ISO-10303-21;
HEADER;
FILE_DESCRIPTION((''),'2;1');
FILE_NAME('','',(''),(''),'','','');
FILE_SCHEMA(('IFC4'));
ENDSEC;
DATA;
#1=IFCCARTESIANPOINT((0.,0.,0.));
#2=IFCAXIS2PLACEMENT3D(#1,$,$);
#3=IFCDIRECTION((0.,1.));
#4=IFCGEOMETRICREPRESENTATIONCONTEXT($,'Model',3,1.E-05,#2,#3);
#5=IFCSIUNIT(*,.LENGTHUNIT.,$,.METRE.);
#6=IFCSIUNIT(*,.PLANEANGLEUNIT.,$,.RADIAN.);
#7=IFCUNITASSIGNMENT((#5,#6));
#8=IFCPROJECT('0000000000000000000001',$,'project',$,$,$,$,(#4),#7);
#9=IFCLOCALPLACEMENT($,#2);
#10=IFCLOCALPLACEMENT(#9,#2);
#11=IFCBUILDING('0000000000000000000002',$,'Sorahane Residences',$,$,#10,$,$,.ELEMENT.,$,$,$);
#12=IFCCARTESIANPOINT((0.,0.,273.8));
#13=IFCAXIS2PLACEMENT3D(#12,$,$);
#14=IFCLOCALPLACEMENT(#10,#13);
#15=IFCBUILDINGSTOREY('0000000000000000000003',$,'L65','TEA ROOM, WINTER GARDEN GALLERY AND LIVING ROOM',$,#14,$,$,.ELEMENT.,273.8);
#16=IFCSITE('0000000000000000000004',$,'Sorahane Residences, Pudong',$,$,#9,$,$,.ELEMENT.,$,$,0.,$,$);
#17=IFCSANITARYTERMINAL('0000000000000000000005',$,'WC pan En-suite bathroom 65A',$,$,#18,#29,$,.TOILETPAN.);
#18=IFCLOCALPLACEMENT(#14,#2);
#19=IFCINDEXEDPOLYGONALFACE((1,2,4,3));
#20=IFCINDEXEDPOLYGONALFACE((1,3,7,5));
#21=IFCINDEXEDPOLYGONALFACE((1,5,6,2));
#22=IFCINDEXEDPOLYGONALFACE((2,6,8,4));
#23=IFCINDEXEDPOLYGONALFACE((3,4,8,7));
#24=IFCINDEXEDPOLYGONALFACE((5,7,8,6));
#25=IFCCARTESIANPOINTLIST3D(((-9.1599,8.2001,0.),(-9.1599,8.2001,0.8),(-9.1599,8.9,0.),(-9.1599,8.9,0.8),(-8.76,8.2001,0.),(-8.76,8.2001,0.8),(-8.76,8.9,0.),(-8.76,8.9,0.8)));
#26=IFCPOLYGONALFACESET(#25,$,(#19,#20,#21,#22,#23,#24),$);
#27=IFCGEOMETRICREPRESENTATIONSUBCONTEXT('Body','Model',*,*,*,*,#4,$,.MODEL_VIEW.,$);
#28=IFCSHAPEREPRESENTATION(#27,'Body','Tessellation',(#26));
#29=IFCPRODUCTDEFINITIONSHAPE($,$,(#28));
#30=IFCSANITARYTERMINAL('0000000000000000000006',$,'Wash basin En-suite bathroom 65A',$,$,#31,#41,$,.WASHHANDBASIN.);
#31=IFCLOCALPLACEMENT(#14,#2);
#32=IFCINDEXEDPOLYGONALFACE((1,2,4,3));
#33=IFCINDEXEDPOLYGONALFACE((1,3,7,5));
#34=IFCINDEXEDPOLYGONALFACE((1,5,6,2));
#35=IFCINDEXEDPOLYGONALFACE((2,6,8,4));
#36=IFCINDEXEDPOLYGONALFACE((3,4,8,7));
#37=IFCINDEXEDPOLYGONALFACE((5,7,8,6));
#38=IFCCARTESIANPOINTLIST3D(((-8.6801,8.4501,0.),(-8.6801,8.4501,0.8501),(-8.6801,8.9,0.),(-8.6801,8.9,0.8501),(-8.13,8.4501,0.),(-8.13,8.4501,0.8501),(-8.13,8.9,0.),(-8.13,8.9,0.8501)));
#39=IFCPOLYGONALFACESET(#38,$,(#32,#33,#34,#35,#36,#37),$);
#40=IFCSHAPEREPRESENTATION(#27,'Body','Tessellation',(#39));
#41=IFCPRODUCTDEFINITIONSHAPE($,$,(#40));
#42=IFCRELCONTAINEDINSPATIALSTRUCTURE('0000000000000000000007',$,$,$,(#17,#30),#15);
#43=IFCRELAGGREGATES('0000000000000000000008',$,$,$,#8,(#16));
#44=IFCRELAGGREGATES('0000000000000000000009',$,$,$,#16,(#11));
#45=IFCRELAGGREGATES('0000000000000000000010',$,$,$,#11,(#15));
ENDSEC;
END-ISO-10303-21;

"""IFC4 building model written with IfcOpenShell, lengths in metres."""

from ifc_helpers import new_model, si_unit, direction, frame, origin, origin_2d, place, context, subcontext, project, spatial, rectangle, extrude, element, save


model = new_model("IFC4")

# Units and contexts
model_context = context("Model", 3, precision=1e-05, world=origin(), true_north=direction((0.0, 1.0)))
body_context = subcontext(model_context, "Body", "Model", "MODEL_VIEW")
ifc_project = project(units=[si_unit("LENGTHUNIT", "METRE"), si_unit("PLANEANGLEUNIT", "RADIAN")], contexts=[model_context])

# Site, building, storey
site_placement = place(None, origin())
site = spatial("IfcSite", under=ifc_project, at=site_placement, Name="Sorahane Residences, Pudong", CompositionType="ELEMENT", RefElevation=0.0)
building_placement = place(site_placement, origin())
building = spatial("IfcBuilding", under=site, at=building_placement, Name="Sorahane Residences", CompositionType="ELEMENT")
storey_placement = place(building_placement, frame((0.0, 0.0, 273.8)))
storey = spatial("IfcBuildingStorey", under=building, at=storey_placement, Name="L65", Description="TEA ROOM, WINTER GARDEN GALLERY AND LIVING ROOM", CompositionType="ELEMENT", Elevation=273.8)

# Sanitary terminals
sanitary_terminal_1_placement = place(storey_placement, frame((-8.96, 8.55, 0.0), z_axis=(0.0, 0.0, 1.0), x_axis=(1.0, 0.0, 0.0)))
element("IfcSanitaryTerminal", 1, at=sanitary_terminal_1_placement, inside=storey, Name="WC pan En-suite bathroom 65A", PredefinedType="TOILETPAN", context=body_context, shape_type="SweptSolid", body=[
    extrude(rectangle(XDim=0.3999, YDim=0.7, at=origin_2d()), origin(), (0.0, 0.0, 1.0), 0.8),
])
sanitary_terminal_2_placement = place(storey_placement, frame((-8.405, 8.675, 0.0), z_axis=(0.0, 0.0, 1.0), x_axis=(1.0, 0.0, 0.0)))
element("IfcSanitaryTerminal", 2, at=sanitary_terminal_2_placement, inside=storey, Name="Wash basin En-suite bathroom 65A", PredefinedType="WASHHANDBASIN", context=body_context, shape_type="SweptSolid", body=[
    extrude(rectangle(XDim=0.55, YDim=0.45, at=origin_2d()), origin(), (0.0, 0.0, 1.0), 0.8501),
])

save(model, "model.ifc")
